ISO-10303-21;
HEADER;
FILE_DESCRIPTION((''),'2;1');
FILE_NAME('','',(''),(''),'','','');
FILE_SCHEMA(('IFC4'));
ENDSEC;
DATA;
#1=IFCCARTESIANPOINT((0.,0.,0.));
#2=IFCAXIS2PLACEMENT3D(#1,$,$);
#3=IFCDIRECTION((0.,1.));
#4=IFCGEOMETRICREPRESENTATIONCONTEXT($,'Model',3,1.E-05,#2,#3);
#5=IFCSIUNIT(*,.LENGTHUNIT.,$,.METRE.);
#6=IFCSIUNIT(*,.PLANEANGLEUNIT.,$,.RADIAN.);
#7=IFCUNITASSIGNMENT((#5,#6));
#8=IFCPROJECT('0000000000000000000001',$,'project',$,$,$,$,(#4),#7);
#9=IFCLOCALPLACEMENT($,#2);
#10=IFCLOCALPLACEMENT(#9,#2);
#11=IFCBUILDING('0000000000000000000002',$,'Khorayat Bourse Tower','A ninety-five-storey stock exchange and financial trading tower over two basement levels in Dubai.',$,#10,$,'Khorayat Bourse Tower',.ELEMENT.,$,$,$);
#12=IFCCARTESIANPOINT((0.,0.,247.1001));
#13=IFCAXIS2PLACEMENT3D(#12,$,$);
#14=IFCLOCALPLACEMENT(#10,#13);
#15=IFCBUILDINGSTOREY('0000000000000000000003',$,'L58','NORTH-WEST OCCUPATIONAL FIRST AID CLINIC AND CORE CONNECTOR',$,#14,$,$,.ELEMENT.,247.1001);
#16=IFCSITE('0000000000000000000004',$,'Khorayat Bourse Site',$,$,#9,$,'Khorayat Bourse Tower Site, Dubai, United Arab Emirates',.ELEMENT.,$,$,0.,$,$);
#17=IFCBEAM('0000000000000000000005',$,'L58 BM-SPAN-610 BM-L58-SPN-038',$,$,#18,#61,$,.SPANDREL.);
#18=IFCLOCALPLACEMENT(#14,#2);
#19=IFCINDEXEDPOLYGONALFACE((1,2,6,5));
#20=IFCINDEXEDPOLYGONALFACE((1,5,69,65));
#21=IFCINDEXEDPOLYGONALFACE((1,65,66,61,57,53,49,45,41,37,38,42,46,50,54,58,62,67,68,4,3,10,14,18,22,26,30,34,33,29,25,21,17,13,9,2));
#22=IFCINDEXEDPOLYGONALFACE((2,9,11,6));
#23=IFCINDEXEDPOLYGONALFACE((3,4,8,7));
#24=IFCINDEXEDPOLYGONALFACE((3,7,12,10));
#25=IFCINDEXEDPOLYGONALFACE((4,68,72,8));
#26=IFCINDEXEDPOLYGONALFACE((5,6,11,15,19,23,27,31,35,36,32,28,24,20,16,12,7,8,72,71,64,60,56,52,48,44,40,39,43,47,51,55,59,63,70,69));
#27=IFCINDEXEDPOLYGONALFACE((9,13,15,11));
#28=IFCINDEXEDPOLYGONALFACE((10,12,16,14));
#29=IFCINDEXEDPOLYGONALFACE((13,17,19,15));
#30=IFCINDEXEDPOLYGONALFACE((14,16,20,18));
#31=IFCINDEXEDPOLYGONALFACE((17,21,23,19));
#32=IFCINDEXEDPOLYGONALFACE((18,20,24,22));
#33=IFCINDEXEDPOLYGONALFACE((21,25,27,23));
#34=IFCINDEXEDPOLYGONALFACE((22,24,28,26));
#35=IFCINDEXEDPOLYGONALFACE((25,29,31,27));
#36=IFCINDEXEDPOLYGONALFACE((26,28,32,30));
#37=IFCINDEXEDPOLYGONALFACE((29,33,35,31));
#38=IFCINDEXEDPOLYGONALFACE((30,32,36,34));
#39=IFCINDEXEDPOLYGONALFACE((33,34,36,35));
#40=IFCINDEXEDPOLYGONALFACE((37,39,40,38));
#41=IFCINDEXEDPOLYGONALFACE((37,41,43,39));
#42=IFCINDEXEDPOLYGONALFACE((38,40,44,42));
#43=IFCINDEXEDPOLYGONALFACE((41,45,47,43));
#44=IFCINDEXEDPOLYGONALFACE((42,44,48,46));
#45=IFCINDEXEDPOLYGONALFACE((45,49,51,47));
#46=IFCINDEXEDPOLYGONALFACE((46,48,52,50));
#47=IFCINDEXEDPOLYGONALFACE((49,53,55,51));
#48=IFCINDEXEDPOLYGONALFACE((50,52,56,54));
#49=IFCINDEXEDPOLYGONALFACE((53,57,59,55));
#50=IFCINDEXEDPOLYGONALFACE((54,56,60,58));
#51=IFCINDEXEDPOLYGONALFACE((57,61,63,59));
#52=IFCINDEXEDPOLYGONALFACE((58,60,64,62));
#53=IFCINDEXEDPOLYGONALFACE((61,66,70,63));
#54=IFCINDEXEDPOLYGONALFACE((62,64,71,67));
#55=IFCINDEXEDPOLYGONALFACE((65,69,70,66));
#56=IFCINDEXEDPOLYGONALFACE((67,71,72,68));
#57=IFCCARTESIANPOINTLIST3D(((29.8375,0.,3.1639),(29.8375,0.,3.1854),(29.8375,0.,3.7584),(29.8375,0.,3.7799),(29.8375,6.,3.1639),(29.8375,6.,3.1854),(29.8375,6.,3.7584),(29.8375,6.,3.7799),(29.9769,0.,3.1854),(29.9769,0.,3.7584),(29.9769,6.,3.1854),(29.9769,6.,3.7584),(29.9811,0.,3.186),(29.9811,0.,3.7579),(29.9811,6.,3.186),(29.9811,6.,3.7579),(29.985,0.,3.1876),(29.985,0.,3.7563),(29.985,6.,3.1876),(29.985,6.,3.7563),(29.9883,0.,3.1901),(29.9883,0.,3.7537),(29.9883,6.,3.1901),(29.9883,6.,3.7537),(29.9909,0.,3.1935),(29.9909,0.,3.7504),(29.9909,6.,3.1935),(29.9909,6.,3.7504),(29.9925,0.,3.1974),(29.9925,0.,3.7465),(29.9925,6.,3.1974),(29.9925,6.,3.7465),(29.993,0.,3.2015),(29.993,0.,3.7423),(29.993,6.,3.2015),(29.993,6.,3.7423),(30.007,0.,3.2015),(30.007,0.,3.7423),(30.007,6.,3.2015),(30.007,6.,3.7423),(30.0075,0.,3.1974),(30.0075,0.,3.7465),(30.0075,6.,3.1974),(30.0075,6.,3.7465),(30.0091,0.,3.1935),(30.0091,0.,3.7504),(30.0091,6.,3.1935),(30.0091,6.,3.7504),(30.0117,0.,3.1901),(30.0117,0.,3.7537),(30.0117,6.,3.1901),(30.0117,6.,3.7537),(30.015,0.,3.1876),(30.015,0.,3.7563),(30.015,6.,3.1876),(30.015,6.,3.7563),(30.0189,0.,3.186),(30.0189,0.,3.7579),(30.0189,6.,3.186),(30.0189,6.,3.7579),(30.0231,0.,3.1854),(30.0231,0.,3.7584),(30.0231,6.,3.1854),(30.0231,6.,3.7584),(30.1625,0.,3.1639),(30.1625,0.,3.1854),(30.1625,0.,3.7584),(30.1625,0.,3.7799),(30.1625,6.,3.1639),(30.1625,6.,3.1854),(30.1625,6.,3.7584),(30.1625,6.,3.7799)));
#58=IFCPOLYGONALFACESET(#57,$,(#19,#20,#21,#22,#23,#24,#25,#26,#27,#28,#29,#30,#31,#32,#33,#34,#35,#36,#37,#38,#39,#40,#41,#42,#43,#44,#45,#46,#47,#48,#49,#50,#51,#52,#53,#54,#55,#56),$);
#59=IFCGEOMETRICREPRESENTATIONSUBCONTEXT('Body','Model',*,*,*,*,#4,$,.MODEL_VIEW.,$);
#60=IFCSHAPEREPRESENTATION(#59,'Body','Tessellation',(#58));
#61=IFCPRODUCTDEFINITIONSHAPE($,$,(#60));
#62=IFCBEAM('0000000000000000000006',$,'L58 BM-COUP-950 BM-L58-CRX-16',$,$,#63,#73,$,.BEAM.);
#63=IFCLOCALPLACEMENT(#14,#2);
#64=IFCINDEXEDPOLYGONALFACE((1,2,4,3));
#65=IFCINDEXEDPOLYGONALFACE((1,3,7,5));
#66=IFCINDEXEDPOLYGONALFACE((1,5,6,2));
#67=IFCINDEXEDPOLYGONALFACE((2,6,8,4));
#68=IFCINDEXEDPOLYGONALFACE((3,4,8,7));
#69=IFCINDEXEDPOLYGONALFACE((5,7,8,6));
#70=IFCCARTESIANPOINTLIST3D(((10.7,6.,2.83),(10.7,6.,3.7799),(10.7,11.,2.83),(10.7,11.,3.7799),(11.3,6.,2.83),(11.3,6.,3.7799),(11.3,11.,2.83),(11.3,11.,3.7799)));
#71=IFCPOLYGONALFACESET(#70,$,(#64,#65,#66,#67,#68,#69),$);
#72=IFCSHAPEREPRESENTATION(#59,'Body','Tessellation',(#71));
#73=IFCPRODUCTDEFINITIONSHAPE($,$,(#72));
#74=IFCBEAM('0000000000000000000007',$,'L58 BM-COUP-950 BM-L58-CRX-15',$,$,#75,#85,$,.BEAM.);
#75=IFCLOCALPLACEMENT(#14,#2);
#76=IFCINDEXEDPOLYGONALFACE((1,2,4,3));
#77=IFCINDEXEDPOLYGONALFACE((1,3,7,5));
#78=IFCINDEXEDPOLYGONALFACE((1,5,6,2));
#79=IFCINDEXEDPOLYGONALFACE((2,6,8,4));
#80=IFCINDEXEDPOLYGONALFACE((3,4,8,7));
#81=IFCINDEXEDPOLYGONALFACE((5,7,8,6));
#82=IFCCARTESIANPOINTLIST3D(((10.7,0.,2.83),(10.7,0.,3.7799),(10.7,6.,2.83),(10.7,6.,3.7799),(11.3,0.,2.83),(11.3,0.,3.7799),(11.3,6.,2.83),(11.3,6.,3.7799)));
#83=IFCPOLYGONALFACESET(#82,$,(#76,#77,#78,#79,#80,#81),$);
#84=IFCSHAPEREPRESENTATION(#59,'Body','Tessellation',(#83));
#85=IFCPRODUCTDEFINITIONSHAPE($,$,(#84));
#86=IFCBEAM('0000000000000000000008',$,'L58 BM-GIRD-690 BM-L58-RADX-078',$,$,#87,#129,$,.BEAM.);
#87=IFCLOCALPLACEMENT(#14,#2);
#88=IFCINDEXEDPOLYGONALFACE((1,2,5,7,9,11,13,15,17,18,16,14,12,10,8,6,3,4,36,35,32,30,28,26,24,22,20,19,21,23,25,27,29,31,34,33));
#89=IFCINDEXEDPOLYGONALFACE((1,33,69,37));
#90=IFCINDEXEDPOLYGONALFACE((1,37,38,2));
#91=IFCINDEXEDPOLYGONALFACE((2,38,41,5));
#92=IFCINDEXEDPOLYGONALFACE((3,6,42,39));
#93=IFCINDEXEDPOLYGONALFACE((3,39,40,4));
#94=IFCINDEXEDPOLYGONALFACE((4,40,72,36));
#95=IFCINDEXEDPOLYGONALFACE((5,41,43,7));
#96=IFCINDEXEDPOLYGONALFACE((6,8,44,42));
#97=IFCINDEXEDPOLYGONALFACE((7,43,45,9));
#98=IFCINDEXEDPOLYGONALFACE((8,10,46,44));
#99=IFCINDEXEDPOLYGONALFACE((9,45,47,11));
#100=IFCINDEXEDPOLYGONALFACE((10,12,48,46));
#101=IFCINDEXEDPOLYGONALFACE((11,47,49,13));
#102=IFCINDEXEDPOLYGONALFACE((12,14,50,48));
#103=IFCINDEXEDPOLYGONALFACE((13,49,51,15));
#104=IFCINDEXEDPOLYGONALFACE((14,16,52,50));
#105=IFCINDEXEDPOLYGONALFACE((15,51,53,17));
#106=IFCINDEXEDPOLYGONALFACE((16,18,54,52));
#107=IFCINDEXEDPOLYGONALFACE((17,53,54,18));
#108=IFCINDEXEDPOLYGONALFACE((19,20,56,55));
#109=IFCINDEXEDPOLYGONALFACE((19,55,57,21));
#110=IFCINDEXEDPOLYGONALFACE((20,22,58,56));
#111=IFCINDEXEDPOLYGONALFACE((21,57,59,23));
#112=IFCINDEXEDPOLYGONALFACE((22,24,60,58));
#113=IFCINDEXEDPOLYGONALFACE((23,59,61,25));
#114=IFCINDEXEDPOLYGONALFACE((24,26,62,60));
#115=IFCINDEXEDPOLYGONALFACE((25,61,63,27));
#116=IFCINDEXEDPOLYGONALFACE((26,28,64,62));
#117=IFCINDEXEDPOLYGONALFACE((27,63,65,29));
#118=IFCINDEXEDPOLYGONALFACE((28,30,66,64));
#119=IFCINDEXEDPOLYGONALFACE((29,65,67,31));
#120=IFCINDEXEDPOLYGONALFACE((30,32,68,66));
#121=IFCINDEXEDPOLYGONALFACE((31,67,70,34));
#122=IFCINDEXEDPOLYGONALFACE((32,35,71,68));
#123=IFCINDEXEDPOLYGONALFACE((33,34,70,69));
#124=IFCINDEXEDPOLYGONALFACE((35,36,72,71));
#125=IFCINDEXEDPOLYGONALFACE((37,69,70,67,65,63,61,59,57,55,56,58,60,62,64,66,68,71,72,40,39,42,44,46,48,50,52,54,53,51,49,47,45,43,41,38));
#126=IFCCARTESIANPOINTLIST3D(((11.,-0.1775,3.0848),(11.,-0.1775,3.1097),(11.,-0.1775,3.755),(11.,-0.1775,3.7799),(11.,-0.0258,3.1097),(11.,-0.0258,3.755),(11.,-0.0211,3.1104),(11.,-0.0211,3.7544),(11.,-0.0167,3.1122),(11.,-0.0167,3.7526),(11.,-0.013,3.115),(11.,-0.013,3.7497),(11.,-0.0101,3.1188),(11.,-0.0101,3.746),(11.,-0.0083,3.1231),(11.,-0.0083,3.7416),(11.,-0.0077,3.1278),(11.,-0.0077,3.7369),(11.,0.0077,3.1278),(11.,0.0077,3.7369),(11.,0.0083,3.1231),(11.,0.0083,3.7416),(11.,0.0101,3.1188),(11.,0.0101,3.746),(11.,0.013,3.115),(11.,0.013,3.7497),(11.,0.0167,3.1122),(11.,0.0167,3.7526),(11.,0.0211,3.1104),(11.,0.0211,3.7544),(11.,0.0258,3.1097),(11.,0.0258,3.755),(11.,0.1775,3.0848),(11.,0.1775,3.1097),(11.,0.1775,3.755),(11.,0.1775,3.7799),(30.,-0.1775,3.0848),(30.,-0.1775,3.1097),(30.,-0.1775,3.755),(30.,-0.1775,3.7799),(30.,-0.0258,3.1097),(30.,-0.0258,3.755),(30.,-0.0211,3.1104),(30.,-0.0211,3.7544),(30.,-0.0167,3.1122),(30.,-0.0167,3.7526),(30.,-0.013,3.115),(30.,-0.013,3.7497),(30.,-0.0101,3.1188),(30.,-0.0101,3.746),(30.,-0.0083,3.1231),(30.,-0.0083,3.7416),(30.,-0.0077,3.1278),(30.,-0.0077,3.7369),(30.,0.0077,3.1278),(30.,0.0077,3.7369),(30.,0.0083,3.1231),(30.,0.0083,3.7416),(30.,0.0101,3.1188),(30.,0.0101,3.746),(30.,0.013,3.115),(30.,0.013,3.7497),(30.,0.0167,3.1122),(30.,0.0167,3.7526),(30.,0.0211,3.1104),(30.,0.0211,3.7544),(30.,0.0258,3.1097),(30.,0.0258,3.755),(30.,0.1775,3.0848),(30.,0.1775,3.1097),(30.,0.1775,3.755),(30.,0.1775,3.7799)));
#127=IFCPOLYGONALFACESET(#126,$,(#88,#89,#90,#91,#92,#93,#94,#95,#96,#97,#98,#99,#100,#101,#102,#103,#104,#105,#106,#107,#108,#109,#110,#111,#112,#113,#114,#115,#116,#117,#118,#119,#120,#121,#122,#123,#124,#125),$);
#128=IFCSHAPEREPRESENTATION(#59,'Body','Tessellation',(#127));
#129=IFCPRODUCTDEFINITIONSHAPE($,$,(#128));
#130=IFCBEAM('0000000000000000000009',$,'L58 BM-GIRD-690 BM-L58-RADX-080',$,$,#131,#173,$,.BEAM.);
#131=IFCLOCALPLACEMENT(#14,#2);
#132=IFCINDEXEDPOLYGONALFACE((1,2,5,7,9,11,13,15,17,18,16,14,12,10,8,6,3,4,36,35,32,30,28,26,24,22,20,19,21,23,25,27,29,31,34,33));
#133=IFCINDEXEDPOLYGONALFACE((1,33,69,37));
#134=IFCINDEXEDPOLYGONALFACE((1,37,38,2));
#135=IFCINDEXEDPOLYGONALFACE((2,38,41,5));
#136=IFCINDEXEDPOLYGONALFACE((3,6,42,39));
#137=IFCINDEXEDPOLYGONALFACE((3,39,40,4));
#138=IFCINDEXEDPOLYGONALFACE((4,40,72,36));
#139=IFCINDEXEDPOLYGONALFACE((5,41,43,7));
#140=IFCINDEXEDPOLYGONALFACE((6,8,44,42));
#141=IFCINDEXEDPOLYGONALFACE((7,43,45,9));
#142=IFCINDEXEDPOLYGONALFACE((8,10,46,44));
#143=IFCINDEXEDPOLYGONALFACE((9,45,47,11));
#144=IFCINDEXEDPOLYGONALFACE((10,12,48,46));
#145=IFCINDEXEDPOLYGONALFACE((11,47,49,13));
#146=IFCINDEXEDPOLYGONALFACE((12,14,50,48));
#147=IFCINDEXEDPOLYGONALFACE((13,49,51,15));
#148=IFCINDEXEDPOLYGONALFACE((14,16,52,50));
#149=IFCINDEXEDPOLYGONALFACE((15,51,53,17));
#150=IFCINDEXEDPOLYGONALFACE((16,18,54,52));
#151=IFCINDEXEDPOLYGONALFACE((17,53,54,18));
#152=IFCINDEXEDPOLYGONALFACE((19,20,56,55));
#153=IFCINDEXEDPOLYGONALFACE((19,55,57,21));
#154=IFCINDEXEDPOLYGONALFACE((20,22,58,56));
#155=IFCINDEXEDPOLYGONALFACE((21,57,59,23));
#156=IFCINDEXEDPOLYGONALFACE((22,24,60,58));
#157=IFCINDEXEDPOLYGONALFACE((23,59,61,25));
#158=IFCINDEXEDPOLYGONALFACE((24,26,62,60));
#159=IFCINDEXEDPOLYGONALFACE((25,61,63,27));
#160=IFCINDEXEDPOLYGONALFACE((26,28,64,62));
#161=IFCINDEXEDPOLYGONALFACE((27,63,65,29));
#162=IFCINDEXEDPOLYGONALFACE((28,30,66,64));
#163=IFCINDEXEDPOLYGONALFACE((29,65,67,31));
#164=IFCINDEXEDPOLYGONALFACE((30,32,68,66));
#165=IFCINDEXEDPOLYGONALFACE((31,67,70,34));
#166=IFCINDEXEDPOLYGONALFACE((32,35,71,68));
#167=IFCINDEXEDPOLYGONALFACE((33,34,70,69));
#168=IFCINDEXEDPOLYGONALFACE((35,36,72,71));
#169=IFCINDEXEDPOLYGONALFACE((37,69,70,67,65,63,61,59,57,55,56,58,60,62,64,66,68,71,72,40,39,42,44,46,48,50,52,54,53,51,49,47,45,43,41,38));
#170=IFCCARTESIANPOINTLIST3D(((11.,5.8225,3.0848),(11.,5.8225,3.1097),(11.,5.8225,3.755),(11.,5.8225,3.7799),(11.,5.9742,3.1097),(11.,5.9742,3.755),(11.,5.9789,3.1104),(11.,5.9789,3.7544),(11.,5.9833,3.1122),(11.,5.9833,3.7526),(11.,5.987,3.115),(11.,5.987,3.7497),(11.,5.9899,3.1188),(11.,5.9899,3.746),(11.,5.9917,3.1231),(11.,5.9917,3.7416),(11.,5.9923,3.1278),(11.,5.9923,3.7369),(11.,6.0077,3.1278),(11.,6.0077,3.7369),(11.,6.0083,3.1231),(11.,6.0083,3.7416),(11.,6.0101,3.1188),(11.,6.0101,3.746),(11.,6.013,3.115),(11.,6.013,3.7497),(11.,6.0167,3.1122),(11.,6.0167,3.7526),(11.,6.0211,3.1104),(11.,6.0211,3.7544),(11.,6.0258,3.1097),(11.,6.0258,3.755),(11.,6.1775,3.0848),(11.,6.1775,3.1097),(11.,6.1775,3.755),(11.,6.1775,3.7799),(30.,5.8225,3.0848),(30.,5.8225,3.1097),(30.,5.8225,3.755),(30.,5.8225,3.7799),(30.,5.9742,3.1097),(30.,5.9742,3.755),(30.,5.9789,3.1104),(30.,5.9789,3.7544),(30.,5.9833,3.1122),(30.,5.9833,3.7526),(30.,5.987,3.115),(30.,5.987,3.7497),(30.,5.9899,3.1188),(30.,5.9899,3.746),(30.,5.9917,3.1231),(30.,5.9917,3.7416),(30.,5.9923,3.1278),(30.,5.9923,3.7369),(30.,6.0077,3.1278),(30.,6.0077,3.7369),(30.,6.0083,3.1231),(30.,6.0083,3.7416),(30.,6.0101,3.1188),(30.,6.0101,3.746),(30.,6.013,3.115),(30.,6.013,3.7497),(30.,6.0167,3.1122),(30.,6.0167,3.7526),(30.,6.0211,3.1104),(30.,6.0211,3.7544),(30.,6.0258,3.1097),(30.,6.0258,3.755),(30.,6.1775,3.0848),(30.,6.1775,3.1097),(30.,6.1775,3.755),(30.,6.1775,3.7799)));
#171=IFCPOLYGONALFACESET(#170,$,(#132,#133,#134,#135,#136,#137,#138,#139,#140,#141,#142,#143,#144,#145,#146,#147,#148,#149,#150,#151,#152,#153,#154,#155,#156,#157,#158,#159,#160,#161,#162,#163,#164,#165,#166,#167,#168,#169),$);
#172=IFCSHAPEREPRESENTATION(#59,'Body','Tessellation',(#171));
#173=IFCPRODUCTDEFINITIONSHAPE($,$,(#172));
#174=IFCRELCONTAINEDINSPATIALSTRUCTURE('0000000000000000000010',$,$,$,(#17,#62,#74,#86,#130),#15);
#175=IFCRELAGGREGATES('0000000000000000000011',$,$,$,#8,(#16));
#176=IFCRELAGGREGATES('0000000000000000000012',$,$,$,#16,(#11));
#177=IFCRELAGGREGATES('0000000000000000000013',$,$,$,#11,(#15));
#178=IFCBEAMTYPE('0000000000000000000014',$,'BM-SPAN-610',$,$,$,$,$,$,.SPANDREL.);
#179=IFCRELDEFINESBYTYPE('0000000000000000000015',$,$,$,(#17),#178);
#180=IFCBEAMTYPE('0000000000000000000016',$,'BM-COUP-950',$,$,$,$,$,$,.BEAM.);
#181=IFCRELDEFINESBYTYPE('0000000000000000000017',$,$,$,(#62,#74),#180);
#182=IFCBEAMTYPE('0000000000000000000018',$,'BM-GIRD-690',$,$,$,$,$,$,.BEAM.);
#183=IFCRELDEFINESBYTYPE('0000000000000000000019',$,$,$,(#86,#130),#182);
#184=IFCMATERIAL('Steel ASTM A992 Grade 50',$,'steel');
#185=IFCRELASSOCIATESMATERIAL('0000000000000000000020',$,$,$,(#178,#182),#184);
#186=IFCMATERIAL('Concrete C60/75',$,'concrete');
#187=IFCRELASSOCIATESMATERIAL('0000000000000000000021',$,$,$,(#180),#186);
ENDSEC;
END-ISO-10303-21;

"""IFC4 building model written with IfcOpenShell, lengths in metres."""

from ifc_helpers import new_model, si_unit, direction, frame, origin, origin_2d, place, context, subcontext, project, spatial, rectangle, i_section, extrude, source, transform, mapped, material, material_profile, profile_set, type_object, element, save


model = new_model("IFC4")

# Units and contexts
model_context = context("Model", 3, precision=1e-05, world=origin(), true_north=direction((0.0, 1.0)))
body_context = subcontext(model_context, "Body", "Model", "MODEL_VIEW")
ifc_project = project(units=[si_unit("LENGTHUNIT", "METRE"), si_unit("PLANEANGLEUNIT", "RADIAN")], contexts=[model_context])

# Site, building, storey
site_placement = place(None, origin())
site = spatial("IfcSite", under=ifc_project, at=site_placement, Name="Khorayat Bourse Site", LongName="Khorayat Bourse Tower Site, Dubai, United Arab Emirates", CompositionType="ELEMENT", RefElevation=0.0)
building_placement = place(site_placement, origin())
building = spatial("IfcBuilding", under=site, at=building_placement, Name="Khorayat Bourse Tower", Description="A ninety-five-storey stock exchange and financial trading tower over two basement levels in Dubai.", LongName="Khorayat Bourse Tower", CompositionType="ELEMENT")
storey_placement = place(building_placement, frame((0.0, 0.0, 247.1001)))
storey = spatial("IfcBuildingStorey", under=building, at=storey_placement, Name="L58", Description="NORTH-WEST OCCUPATIONAL FIRST AID CLINIC AND CORE CONNECTOR", CompositionType="ELEMENT", Elevation=247.1001)

# Shared definitions
ifc_material_1 = material(Name="Concrete C60/75", Category="concrete")

# Beams
ifc_material_2 = material(Name="Steel ASTM A992 Grade 50", Category="steel")
ifc_material_profile_1 = material_profile(ifc_material_2, i_section(OverallWidth=0.325, OverallDepth=0.616, WebThickness=0.0139, FlangeThickness=0.0215, FilletRadius=0.0161, at=origin_2d()), Name="W610X174")
ifc_profile_set_1 = profile_set([ifc_material_profile_1], Name="Steel ASTM A992 Grade 50")
beam_type_1 = type_object("IfcBeamType", Name="BM-SPAN-610", PredefinedType="SPANDREL", material=ifc_profile_set_1)
shared_shape_1 = source(origin(), body_context, "Body", "SweptSolid", [
    extrude(i_section(OverallWidth=0.325, OverallDepth=0.616, WebThickness=0.0139, FlangeThickness=0.0215, FilletRadius=0.0161, at=origin_2d()), origin(), (0.0, 0.0, 1.0), 6.0),
])
beam_1_placement = place(storey_placement, frame((30.0, 0.0, 3.4719), z_axis=(0.0, 1.0, 0.0), x_axis=(-1.0, 0.0, 0.0)))
element("IfcBeam", 1, at=beam_1_placement, inside=storey, type_object=beam_type_1, Name="L58 BM-SPAN-610 BM-L58-SPN-038", PredefinedType="SPANDREL", context=body_context, shape_type="MappedRepresentation", body=[
    mapped(shared_shape_1, transform((0.0, 0.0, 0.0), scale=1.0)),
])
ifc_material_profile_2 = material_profile(ifc_material_1, rectangle(XDim=0.6001, YDim=0.95, at=origin_2d()), Name="RC 600x950")
ifc_profile_set_2 = profile_set([ifc_material_profile_2], Name="Concrete C60/75")
beam_type_2 = type_object("IfcBeamType", Name="BM-COUP-950", PredefinedType="BEAM", material=ifc_profile_set_2)
shared_shape_2 = source(origin(), body_context, "Body", "SweptSolid", [
    extrude(rectangle(XDim=0.6001, YDim=0.95, at=origin_2d()), origin(), (0.0, 0.0, 1.0), 5.0),
])
beam_2_placement = place(storey_placement, frame((11.0, 6.0, 3.3049), z_axis=(0.0, 1.0, 0.0), x_axis=(-1.0, 0.0, 0.0)))
element("IfcBeam", 2, at=beam_2_placement, inside=storey, type_object=beam_type_2, Name="L58 BM-COUP-950 BM-L58-CRX-16", PredefinedType="BEAM", context=body_context, shape_type="MappedRepresentation", body=[
    mapped(shared_shape_2, transform((0.0, 0.0, 0.0), scale=1.0)),
])
shared_shape_3 = source(origin(), body_context, "Body", "SweptSolid", [
    extrude(rectangle(XDim=0.6001, YDim=0.95, at=origin_2d()), origin(), (0.0, 0.0, 1.0), 6.0),
])
beam_3_placement = place(storey_placement, frame((11.0, 0.0, 3.3049), z_axis=(0.0, 1.0, 0.0), x_axis=(-1.0, 0.0, 0.0)))
element("IfcBeam", 3, at=beam_3_placement, inside=storey, type_object=beam_type_2, Name="L58 BM-COUP-950 BM-L58-CRX-15", PredefinedType="BEAM", context=body_context, shape_type="MappedRepresentation", body=[
    mapped(shared_shape_3, transform((0.0, 0.0, 0.0), scale=1.0)),
])
ifc_material_profile_3 = material_profile(ifc_material_2, i_section(OverallWidth=0.355, OverallDepth=0.6951, WebThickness=0.0154, FlangeThickness=0.0249, FilletRadius=0.0181, at=origin_2d()), Name="W690X217")
ifc_profile_set_3 = profile_set([ifc_material_profile_3], Name="Steel ASTM A992 Grade 50")
beam_type_3 = type_object("IfcBeamType", Name="BM-GIRD-690", PredefinedType="BEAM", material=ifc_profile_set_3)
shared_shape_4 = source(origin(), body_context, "Body", "SweptSolid", [
    extrude(i_section(OverallWidth=0.355, OverallDepth=0.6951, WebThickness=0.0154, FlangeThickness=0.0249, FilletRadius=0.0181, at=origin_2d()), origin(), (0.0, 0.0, 1.0), 19.0),
])
for number, where, z_axis, x_axis, name in (
    (4, (11.0, 0.0, 3.4324), (1.0, 0.0, 0.0), (0.0, 1.0, 0.0), "L58 BM-GIRD-690 BM-L58-RADX-078"),
    (5, (11.0, 6.0, 3.4324), (1.0, 0.0, 0.0), (0.0, 1.0, 0.0), "L58 BM-GIRD-690 BM-L58-RADX-080"),
):
    element("IfcBeam", number, at=place(storey_placement, frame(where, z_axis=z_axis, x_axis=x_axis)), inside=storey, type_object=beam_type_3, Name=name, PredefinedType="BEAM", context=body_context, shape_type="MappedRepresentation", body=[
        mapped(shared_shape_4, transform((0.0, 0.0, 0.0), scale=1.0)),
    ])

save(model, "model.ifc")
